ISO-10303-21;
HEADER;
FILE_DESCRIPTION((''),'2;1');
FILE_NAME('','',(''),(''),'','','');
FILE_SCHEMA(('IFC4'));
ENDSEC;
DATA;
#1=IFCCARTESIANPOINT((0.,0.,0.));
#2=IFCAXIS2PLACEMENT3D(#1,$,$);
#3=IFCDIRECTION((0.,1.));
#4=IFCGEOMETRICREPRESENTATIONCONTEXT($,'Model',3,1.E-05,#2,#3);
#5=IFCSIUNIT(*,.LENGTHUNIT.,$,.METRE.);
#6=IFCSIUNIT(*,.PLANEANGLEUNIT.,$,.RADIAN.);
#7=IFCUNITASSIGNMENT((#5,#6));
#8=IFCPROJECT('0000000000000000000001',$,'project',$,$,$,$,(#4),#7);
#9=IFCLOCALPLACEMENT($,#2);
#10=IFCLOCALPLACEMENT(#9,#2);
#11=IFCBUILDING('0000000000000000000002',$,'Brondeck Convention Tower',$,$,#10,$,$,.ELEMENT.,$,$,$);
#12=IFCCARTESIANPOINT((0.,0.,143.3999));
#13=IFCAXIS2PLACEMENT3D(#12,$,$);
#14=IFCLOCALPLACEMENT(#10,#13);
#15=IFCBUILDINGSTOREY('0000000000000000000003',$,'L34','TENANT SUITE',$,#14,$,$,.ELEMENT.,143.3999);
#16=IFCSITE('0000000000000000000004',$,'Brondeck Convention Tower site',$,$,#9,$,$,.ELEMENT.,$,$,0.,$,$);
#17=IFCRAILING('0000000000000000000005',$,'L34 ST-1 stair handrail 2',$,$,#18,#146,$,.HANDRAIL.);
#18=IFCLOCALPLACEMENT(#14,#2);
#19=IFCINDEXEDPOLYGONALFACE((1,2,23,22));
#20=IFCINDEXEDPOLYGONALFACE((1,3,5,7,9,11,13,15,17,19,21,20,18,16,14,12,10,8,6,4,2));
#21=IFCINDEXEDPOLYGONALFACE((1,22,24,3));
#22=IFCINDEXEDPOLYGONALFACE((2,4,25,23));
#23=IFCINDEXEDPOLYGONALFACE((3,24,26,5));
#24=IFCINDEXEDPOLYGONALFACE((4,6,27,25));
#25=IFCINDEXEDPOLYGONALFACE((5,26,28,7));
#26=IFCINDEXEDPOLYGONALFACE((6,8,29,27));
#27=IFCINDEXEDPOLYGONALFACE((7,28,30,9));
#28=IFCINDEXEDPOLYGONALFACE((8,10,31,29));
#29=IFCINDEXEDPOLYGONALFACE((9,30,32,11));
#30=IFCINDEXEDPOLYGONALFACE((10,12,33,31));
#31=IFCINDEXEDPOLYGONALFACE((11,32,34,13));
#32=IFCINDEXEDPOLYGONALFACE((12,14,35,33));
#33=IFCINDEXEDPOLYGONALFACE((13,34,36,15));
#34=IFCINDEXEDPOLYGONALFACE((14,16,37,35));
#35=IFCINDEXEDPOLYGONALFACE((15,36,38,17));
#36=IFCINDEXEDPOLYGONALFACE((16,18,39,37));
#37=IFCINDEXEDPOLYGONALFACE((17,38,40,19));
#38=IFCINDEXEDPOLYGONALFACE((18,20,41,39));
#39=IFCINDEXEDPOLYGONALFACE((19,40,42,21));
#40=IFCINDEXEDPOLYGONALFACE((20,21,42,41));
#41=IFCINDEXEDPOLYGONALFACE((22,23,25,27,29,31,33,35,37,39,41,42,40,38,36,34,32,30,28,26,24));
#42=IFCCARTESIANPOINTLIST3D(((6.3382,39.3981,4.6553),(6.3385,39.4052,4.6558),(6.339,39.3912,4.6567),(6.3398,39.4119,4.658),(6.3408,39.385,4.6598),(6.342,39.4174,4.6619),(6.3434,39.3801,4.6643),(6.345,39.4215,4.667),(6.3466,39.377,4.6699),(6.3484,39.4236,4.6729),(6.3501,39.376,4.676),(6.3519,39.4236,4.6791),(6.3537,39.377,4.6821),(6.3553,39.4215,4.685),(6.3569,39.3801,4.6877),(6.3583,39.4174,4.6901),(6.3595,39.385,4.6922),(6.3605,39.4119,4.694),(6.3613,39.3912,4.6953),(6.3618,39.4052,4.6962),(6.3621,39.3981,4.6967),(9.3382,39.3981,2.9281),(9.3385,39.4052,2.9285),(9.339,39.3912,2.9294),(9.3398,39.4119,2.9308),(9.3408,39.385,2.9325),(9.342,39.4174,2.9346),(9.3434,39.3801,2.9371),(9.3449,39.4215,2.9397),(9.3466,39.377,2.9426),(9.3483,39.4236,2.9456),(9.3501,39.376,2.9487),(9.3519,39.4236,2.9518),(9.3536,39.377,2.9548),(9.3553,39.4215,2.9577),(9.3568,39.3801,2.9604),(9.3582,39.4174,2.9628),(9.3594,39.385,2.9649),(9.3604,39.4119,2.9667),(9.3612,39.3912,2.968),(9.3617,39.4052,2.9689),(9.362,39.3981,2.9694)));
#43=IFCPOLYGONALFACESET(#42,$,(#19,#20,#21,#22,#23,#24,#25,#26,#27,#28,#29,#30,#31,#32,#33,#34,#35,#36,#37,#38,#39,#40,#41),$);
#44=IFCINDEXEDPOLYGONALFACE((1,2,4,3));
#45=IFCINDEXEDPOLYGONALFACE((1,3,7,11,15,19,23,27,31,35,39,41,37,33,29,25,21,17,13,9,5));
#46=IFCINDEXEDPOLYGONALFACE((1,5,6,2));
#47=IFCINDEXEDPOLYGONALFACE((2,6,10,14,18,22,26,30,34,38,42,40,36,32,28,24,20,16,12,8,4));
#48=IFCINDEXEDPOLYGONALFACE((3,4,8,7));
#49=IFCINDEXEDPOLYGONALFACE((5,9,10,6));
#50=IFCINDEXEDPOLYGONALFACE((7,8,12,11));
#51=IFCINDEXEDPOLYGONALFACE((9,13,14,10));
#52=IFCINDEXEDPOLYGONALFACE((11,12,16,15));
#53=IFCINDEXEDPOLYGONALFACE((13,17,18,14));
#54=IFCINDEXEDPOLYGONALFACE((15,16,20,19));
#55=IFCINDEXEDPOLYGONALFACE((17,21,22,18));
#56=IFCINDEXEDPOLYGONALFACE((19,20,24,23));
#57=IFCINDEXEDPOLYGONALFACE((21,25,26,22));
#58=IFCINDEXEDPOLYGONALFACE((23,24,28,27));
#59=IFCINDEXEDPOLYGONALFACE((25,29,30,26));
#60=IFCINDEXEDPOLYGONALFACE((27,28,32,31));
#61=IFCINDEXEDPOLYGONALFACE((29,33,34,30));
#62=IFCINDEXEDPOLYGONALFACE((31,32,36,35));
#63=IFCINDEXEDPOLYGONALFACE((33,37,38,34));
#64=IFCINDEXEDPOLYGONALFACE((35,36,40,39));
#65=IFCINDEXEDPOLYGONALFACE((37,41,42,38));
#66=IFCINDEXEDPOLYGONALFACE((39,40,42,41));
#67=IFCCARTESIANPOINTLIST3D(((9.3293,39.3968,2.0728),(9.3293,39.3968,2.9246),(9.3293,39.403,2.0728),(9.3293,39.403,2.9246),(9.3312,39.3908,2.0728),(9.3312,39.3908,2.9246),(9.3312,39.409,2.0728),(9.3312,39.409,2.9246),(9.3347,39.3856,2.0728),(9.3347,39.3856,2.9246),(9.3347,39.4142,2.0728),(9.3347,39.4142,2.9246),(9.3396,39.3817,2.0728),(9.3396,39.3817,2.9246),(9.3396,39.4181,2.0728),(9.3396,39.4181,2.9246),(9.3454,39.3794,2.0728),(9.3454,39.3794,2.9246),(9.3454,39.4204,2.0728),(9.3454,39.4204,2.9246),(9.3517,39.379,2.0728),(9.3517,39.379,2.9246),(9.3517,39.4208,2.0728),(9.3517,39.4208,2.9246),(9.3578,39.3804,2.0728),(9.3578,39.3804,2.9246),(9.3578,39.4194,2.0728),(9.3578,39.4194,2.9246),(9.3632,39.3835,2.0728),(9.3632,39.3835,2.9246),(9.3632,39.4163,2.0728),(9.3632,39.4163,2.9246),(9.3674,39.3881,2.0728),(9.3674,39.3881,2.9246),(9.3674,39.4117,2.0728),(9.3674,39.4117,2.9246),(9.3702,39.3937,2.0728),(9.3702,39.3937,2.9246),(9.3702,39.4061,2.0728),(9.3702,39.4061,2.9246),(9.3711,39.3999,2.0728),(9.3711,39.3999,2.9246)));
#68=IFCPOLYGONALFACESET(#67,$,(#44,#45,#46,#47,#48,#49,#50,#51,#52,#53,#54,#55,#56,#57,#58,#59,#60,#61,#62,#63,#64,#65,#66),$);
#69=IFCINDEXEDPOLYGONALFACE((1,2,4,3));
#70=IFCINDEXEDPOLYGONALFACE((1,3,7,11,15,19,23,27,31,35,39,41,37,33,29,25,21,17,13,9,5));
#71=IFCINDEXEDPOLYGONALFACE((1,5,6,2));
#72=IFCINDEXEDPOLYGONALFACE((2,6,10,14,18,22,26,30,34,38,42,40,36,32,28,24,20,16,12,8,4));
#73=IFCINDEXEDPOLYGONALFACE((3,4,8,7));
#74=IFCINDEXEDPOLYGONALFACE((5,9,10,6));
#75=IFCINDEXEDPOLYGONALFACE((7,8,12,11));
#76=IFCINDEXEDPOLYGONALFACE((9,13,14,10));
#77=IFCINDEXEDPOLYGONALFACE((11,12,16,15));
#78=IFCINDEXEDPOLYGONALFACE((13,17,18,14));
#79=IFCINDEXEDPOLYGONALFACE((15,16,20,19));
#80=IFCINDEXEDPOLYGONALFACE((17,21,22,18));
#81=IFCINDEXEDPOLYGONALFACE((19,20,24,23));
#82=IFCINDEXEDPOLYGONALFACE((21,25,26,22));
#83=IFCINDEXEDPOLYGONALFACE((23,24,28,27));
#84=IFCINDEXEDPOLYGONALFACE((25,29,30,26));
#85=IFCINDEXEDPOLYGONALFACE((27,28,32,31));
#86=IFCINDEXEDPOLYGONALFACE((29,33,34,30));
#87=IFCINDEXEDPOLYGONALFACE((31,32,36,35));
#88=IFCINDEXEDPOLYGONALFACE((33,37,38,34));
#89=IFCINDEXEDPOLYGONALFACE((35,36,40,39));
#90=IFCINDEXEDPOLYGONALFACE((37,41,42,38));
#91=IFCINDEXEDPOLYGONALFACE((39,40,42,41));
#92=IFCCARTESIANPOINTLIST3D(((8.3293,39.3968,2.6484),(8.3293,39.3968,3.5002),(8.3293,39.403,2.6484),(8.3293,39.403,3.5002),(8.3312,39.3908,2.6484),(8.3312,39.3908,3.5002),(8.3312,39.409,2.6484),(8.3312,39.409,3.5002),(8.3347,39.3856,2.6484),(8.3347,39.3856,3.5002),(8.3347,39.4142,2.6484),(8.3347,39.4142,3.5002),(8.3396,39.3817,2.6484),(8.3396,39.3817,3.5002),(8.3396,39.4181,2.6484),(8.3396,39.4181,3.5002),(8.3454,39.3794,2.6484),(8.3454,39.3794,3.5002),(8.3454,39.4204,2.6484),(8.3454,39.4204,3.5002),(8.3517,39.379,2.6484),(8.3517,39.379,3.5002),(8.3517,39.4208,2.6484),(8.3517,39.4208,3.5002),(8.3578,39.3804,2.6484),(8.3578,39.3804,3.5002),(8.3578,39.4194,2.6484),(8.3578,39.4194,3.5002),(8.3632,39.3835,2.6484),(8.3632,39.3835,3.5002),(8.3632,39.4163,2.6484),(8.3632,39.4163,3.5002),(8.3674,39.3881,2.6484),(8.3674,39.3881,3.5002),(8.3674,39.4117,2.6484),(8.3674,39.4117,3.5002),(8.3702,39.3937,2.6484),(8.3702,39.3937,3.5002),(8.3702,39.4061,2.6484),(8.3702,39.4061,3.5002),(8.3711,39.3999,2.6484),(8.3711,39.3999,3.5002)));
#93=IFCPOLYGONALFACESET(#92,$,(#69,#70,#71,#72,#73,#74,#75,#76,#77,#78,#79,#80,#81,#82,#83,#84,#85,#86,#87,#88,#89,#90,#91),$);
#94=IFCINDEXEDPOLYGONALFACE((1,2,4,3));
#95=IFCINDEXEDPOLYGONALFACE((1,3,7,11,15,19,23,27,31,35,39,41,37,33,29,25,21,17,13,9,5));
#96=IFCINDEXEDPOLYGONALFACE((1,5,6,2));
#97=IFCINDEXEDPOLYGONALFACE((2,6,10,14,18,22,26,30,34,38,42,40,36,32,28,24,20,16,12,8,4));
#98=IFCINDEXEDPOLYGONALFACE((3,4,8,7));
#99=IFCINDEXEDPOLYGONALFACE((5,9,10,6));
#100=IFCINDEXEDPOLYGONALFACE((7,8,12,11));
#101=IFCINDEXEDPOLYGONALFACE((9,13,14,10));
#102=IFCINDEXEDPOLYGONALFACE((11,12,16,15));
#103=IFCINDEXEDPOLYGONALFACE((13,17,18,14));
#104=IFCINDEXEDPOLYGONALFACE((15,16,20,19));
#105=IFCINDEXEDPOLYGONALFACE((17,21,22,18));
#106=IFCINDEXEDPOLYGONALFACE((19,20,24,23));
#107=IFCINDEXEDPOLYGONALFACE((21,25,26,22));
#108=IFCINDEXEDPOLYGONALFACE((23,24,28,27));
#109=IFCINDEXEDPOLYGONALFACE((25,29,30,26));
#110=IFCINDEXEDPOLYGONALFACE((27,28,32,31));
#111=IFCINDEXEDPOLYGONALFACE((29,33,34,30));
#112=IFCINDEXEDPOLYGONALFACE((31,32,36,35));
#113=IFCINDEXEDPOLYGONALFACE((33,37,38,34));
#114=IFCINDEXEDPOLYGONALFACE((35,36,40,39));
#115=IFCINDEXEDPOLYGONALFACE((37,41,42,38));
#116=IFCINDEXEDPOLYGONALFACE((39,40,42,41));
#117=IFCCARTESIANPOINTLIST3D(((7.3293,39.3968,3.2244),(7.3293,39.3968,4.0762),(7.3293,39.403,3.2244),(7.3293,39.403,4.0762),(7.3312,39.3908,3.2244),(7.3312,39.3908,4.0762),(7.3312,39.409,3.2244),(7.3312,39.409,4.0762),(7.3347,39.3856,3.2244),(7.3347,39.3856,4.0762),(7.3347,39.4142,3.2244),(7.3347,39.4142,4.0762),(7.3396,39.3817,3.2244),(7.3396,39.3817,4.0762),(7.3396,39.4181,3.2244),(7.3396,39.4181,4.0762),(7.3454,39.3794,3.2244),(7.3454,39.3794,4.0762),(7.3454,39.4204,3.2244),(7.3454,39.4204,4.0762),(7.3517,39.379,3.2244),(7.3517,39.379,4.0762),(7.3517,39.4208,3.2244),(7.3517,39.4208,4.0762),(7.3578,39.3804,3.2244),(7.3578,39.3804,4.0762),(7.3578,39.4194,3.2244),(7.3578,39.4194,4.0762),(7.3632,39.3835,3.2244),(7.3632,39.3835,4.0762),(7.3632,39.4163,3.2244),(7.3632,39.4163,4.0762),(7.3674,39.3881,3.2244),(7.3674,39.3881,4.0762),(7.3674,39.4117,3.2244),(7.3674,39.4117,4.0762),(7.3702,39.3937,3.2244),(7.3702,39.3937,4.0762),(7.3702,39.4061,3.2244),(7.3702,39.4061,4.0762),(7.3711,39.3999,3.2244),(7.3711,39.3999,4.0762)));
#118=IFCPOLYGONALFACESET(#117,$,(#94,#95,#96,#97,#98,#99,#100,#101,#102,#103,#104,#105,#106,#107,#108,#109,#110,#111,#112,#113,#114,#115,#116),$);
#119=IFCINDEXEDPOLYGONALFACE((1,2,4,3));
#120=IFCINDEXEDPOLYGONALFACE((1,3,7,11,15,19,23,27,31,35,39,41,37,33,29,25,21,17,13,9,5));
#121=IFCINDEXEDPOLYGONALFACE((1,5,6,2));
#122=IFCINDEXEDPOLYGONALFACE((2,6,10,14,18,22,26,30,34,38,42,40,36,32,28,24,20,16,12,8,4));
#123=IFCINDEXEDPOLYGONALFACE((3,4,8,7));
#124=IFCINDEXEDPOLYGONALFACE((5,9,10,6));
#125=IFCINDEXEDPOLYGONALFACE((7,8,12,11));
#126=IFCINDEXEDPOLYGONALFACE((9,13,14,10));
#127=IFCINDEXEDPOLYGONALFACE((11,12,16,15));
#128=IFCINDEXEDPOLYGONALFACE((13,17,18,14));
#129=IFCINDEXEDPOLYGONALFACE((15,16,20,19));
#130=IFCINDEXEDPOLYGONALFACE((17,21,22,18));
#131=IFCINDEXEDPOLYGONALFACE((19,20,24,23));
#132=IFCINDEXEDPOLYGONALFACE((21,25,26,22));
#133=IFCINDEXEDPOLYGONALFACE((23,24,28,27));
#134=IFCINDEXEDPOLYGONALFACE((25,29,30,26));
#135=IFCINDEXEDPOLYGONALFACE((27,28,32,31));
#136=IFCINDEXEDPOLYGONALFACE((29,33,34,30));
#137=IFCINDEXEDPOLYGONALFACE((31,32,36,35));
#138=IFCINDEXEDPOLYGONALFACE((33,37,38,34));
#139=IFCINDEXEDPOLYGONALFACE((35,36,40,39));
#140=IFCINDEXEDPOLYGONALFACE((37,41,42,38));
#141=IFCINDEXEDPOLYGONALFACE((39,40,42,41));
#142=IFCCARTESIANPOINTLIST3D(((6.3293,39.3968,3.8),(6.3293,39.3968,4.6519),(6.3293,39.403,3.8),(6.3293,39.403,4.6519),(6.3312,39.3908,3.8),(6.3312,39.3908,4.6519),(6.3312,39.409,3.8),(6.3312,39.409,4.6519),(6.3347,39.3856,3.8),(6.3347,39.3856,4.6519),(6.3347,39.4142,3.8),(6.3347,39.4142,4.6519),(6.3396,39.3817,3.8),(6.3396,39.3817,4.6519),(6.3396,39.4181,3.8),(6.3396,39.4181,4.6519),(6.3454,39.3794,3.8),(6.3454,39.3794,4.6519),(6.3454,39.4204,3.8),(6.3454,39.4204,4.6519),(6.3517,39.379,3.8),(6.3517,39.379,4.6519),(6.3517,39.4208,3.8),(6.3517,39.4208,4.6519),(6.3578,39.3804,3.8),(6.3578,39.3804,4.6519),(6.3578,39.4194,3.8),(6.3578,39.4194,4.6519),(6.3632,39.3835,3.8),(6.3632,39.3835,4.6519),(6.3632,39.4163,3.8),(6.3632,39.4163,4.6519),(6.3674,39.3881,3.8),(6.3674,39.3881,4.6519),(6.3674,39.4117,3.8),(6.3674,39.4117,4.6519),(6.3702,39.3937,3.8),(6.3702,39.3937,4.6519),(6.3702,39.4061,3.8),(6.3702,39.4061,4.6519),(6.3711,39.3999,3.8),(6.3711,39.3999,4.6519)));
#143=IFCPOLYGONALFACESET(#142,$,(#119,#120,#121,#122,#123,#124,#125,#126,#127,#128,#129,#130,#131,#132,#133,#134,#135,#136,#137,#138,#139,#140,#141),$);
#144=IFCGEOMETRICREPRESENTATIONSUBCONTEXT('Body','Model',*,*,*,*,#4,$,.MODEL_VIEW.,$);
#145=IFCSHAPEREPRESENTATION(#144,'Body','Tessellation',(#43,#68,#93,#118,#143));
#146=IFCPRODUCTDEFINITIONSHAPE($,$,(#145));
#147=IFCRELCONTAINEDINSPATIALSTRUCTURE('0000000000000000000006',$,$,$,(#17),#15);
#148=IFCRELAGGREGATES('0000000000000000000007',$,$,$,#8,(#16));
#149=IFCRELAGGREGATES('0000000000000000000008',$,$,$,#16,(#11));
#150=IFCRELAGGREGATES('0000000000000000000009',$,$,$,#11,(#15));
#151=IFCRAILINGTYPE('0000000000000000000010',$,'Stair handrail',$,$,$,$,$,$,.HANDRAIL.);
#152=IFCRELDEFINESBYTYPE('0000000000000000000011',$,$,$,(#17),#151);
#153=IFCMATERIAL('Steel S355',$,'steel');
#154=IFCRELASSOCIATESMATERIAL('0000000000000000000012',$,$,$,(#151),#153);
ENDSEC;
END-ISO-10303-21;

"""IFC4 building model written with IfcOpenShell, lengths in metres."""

from ifc_helpers import new_model, si_unit, direction, frame, origin, origin_2d, place, context, subcontext, project, spatial, circle, extrude, material, type_object, element, save


model = new_model("IFC4")

# Units and contexts
model_context = context("Model", 3, precision=1e-05, world=origin(), true_north=direction((0.0, 1.0)))
body_context = subcontext(model_context, "Body", "Model", "MODEL_VIEW")
ifc_project = project(units=[si_unit("LENGTHUNIT", "METRE"), si_unit("PLANEANGLEUNIT", "RADIAN")], contexts=[model_context])

# Site, building, storey
site_placement = place(None, origin())
site = spatial("IfcSite", under=ifc_project, at=site_placement, Name="Brondeck Convention Tower site", CompositionType="ELEMENT", RefElevation=0.0)
building_placement = place(site_placement, origin())
building = spatial("IfcBuilding", under=site, at=building_placement, Name="Brondeck Convention Tower", CompositionType="ELEMENT")
storey_placement = place(building_placement, frame((0.0, 0.0, 143.3999)))
storey = spatial("IfcBuildingStorey", under=building, at=storey_placement, Name="L34", Description="TENANT SUITE", CompositionType="ELEMENT", Elevation=143.3999)

# Shared definitions
ifc_material_1 = material(Name="Steel S355", Category="steel")

# Railing
railing_type_1 = type_object("IfcRailingType", Name="Stair handrail", PredefinedType="HANDRAIL", material=ifc_material_1)
railing_1_placement = place(storey_placement, frame((9.3501, 39.3999, 2.0728)))
element("IfcRailing", 1, at=railing_1_placement, inside=storey, type_object=railing_type_1, Name="L34 ST-1 stair handrail 2", PredefinedType="HANDRAIL", context=body_context, shape_type="SweptSolid", body=[
    extrude(circle(Radius=0.0239, at=origin_2d()), frame((0.0, 0.0, 0.876), z_axis=(-0.86662, 0.0, 0.498969), x_axis=(0.0, -1.0, 0.0)), (0.0, 0.0, 1.0), 3.4617),
    extrude(circle(Radius=0.021, at=origin_2d()), origin(), (0.0, 0.0, 1.0), 0.8518),
    extrude(circle(Radius=0.021, at=origin_2d()), frame((-1.0, 0.0, 0.5757)), (0.0, 0.0, 1.0), 0.8518),
    extrude(circle(Radius=0.021, at=origin_2d()), frame((-2.0, 0.0, 1.1516)), (0.0, 0.0, 1.0), 0.8518),
    extrude(circle(Radius=0.021, at=origin_2d()), frame((-3.0, 0.0, 1.7273)), (0.0, 0.0, 1.0), 0.8518),
])

save(model, "model.ifc")
